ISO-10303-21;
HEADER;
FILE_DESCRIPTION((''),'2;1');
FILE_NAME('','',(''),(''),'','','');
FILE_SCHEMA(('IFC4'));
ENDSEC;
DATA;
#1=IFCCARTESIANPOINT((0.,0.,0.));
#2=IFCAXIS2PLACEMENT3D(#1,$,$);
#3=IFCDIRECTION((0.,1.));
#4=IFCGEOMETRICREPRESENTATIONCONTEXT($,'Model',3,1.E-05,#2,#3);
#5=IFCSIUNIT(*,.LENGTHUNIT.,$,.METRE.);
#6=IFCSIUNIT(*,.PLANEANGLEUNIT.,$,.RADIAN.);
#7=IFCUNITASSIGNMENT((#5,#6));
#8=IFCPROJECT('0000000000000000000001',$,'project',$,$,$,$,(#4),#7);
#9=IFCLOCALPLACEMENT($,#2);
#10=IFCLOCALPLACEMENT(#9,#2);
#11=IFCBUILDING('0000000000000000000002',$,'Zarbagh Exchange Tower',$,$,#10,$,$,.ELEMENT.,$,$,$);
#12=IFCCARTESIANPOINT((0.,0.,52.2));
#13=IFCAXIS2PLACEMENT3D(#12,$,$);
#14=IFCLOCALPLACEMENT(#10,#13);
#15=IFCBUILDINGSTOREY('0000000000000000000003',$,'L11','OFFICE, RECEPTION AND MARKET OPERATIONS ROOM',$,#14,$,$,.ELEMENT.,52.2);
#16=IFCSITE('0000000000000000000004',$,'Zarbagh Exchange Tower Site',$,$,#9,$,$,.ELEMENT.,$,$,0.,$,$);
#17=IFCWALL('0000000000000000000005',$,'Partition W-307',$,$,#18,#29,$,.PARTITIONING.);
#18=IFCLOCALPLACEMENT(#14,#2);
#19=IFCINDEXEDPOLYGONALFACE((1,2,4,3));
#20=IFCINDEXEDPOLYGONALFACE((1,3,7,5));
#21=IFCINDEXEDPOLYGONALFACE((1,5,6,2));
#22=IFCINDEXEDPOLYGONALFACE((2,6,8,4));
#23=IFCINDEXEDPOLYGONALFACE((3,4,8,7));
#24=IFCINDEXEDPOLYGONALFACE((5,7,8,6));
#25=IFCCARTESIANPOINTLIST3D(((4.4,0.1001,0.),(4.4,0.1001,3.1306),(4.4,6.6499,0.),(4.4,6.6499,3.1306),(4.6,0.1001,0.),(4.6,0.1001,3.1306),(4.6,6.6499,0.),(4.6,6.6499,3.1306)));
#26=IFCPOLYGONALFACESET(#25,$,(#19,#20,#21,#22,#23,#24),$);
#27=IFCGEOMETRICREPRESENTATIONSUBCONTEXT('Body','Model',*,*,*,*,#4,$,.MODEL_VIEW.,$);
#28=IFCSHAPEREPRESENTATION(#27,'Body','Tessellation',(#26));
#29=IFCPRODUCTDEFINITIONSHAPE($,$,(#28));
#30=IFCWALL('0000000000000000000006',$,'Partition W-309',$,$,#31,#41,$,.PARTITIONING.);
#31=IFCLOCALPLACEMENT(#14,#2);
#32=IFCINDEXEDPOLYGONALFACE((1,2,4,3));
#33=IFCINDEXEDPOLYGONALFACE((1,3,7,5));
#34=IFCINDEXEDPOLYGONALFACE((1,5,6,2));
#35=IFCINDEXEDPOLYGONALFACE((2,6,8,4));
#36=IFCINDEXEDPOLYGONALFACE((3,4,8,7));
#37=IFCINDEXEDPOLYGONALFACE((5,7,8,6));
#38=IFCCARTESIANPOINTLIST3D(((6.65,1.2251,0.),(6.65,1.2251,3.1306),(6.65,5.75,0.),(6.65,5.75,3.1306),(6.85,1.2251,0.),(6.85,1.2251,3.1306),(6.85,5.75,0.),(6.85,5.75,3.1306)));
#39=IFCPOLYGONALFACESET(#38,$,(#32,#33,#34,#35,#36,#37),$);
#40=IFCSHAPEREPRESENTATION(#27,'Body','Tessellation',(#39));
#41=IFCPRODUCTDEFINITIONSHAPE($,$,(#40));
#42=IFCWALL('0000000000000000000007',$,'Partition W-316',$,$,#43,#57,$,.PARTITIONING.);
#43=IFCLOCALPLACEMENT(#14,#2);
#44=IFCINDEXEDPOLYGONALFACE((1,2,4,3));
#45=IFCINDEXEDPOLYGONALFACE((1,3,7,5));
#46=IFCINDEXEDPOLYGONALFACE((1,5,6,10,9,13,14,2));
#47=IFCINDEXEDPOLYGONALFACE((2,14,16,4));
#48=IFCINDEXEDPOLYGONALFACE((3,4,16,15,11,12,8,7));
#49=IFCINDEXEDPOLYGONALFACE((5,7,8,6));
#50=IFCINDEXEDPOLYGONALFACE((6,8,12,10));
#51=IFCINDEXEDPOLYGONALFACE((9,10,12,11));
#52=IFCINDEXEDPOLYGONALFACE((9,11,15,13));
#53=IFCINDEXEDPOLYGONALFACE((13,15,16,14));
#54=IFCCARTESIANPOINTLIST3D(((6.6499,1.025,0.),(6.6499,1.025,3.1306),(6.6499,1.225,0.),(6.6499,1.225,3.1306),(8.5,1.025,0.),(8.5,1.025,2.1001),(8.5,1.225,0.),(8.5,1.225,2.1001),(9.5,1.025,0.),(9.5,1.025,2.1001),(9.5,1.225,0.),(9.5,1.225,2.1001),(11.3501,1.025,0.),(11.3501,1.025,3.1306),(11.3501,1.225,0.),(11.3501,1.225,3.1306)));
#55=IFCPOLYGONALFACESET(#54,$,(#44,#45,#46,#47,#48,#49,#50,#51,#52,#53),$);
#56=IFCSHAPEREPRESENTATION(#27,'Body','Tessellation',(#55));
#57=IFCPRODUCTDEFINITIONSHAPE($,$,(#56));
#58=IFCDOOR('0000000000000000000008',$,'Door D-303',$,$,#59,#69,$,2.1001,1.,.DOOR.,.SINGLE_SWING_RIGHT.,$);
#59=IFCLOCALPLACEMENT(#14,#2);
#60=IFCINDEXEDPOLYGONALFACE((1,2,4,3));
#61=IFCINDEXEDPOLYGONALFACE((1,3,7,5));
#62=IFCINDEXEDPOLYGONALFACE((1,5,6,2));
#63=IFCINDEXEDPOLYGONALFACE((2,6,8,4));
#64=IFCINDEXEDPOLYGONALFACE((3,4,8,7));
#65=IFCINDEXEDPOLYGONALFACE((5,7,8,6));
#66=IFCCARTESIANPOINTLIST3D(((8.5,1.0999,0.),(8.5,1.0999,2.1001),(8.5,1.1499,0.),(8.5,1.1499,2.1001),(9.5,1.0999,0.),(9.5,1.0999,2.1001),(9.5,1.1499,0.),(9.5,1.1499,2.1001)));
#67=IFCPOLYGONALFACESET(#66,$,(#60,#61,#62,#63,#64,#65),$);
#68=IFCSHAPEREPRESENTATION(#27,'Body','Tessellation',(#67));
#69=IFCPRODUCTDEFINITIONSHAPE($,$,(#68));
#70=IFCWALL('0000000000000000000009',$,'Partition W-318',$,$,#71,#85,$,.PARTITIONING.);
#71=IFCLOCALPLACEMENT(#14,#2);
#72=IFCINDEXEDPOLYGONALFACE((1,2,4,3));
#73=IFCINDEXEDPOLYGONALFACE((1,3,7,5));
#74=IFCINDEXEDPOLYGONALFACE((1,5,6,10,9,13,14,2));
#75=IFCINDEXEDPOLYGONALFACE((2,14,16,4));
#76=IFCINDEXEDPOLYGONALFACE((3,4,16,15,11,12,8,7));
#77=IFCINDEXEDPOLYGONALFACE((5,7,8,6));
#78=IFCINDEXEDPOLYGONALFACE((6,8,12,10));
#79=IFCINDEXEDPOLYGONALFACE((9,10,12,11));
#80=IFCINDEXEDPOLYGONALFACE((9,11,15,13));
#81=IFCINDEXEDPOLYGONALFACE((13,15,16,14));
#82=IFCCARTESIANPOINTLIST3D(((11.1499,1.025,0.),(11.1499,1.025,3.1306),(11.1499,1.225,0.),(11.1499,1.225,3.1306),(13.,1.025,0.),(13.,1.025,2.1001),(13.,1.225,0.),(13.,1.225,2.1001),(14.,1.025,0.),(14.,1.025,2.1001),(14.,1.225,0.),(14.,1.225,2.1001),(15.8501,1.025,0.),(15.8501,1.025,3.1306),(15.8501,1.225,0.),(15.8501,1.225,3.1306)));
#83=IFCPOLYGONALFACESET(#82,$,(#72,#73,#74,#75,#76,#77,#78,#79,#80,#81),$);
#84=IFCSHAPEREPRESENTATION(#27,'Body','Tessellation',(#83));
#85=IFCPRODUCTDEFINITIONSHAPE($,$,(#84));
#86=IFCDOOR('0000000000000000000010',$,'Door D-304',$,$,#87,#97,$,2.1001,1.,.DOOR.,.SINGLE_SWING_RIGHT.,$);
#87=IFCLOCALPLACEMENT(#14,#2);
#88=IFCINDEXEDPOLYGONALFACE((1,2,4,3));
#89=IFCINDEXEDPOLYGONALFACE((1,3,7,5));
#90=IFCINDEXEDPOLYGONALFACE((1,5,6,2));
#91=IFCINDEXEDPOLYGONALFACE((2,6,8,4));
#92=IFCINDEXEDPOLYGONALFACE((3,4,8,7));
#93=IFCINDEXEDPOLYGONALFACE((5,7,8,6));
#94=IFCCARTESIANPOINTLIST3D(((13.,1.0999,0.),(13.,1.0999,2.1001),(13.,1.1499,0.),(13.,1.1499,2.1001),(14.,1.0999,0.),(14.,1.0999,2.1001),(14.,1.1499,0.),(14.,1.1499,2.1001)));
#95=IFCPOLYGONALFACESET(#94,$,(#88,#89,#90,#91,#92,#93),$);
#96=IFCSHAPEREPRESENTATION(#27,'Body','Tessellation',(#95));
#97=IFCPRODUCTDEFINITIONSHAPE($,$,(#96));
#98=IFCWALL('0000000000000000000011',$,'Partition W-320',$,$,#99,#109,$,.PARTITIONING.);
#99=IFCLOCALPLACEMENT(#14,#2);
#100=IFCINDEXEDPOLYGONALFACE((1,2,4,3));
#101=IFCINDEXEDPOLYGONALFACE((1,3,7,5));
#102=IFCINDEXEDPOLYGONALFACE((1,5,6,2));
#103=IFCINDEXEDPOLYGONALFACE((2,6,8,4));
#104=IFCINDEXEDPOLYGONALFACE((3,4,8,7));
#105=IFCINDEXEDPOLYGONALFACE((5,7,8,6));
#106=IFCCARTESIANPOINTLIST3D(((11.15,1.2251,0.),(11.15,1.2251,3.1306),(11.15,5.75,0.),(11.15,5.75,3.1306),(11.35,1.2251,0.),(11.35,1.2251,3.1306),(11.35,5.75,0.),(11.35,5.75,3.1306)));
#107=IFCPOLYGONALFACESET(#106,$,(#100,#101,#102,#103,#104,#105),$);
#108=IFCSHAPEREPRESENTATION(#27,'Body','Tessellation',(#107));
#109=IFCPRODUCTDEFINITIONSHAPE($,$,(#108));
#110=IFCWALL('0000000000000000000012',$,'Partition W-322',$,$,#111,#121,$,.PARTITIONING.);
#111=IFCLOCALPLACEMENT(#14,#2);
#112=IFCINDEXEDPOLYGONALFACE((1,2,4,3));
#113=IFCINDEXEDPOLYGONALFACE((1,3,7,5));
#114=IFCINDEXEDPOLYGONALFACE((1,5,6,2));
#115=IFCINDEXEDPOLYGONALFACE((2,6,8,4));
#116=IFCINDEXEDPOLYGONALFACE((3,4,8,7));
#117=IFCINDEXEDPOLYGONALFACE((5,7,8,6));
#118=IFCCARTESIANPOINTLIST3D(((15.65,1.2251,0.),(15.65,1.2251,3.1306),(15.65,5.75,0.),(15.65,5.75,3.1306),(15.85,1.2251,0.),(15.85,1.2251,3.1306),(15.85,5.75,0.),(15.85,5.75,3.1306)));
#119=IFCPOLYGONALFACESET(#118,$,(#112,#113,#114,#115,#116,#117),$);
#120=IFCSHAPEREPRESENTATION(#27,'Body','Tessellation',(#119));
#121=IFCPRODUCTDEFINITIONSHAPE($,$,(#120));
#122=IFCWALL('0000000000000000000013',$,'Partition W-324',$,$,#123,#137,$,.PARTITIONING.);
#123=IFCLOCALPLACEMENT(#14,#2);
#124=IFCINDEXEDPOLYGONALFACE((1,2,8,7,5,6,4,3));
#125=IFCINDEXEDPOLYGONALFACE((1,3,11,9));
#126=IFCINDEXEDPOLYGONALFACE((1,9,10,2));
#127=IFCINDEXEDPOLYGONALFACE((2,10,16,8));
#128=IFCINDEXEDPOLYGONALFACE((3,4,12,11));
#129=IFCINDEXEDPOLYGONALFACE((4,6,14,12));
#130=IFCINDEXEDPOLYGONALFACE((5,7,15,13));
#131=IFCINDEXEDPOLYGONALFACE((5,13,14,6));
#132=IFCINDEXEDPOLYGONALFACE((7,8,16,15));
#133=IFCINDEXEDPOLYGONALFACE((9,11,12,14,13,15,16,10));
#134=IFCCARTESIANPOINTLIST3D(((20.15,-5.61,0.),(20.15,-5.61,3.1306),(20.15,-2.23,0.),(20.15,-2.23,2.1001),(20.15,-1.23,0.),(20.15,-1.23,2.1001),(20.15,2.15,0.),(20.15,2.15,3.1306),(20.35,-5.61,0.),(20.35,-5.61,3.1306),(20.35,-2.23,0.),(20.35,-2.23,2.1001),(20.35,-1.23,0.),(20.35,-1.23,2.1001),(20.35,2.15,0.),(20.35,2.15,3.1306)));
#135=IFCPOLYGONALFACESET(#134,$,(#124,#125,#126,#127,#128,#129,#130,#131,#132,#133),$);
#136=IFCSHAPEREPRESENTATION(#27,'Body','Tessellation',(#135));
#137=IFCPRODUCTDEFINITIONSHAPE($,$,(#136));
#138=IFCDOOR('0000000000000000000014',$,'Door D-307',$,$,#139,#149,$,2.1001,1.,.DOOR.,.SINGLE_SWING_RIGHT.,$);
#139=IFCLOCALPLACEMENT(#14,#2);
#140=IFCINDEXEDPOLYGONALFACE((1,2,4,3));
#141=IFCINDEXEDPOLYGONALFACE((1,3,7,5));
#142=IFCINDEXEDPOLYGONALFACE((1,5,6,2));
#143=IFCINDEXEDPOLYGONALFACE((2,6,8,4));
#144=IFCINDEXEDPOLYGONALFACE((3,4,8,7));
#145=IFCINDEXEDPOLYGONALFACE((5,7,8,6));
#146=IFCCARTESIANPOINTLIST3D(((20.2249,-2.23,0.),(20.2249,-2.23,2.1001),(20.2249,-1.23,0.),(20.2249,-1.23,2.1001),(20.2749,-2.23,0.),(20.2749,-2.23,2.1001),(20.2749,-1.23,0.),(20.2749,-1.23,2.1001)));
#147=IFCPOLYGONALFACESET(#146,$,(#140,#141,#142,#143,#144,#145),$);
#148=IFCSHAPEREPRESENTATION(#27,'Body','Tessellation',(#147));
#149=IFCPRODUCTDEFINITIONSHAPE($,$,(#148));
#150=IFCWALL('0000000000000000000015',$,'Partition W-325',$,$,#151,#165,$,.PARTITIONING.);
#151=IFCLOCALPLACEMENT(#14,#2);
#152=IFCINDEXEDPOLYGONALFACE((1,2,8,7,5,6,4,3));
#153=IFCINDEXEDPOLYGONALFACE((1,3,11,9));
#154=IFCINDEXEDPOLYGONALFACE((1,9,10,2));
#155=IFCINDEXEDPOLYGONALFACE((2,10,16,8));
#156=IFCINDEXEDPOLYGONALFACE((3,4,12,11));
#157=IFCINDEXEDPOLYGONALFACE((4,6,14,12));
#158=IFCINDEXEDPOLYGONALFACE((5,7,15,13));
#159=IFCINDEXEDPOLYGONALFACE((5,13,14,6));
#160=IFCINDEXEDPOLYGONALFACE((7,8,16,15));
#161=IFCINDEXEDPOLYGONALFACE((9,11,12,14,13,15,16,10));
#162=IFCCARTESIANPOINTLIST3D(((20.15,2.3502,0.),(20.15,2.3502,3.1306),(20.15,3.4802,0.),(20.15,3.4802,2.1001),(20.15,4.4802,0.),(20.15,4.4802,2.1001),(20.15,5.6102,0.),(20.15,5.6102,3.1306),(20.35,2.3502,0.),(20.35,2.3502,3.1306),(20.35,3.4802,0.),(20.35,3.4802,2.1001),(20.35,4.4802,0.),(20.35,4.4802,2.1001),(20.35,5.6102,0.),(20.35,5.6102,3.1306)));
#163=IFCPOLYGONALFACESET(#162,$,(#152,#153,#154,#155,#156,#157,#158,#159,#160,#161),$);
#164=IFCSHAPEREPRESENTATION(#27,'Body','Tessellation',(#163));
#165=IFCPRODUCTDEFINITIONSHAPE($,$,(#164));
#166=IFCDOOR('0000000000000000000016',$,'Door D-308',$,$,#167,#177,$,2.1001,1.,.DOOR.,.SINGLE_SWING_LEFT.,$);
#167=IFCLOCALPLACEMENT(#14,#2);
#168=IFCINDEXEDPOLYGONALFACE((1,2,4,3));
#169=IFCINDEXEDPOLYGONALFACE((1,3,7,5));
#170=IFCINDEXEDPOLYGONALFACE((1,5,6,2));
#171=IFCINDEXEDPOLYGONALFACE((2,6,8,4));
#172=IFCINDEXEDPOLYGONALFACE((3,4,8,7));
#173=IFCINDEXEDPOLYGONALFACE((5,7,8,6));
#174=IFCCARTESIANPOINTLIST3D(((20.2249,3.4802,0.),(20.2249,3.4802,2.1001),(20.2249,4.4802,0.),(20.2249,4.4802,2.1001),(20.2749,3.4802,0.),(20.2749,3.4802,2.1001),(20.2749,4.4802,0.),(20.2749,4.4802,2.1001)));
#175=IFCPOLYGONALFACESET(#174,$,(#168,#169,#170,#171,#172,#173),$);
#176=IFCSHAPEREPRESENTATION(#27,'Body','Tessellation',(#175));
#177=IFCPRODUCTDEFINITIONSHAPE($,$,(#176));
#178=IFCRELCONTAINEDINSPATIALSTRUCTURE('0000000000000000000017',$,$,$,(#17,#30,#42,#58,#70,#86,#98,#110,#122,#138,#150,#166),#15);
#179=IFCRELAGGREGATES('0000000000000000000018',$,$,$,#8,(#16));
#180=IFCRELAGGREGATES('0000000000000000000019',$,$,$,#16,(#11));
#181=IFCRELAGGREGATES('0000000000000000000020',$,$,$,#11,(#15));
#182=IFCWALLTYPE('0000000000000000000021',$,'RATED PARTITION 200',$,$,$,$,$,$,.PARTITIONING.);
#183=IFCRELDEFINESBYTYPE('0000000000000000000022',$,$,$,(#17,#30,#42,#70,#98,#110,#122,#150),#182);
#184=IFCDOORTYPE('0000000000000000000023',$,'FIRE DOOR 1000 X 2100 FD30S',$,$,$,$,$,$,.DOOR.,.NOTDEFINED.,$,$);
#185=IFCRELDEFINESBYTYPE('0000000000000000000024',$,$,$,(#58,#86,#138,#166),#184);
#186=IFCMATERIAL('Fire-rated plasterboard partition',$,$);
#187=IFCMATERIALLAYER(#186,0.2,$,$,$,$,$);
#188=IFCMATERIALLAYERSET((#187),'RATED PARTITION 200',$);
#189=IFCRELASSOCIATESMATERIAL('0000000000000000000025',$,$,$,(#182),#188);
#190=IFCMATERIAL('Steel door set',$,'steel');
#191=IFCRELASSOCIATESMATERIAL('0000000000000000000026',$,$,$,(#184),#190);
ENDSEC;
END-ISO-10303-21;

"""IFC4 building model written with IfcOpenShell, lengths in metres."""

from ifc_helpers import new_model, si_unit, direction, frame, frame_2d, origin, place, context, subcontext, project, spatial, rectangle, extrude, material, layer, layer_set, type_object, element, fill, save


model = new_model("IFC4")

# Units and contexts
model_context = context("Model", 3, precision=1e-05, world=origin(), true_north=direction((0.0, 1.0)))
body_context = subcontext(model_context, "Body", "Model", "MODEL_VIEW")
ifc_project = project(units=[si_unit("LENGTHUNIT", "METRE"), si_unit("PLANEANGLEUNIT", "RADIAN")], contexts=[model_context])

# Site, building, storey
site_placement = place(None, origin())
site = spatial("IfcSite", under=ifc_project, at=site_placement, Name="Zarbagh Exchange Tower Site", CompositionType="ELEMENT", RefElevation=0.0)
building_placement = place(site_placement, origin())
building = spatial("IfcBuilding", under=site, at=building_placement, Name="Zarbagh Exchange Tower", CompositionType="ELEMENT")
storey_placement = place(building_placement, frame((0.0, 0.0, 52.2)))
storey = spatial("IfcBuildingStorey", under=building, at=storey_placement, Name="L11", Description="OFFICE, RECEPTION AND MARKET OPERATIONS ROOM", CompositionType="ELEMENT", Elevation=52.2)

# Walls
ifc_material_1 = material(Name="Fire-rated plasterboard partition")
ifc_layer = layer(ifc_material_1, 0.2)
ifc_layer_set = layer_set([ifc_layer], Name="RATED PARTITION 200")
wall_type = type_object("IfcWallType", Name="RATED PARTITION 200", PredefinedType="PARTITIONING", material=ifc_layer_set)
wall_1_placement = place(storey_placement, frame((4.5, 0.1001, 0.0), z_axis=(0.0, 0.0, 1.0), x_axis=(0.0, 1.0, 0.0)))
element("IfcWall", 1, at=wall_1_placement, inside=storey, type_object=wall_type, Name="Partition W-307", PredefinedType="PARTITIONING", context=body_context, shape_type="SweptSolid", body=[
    extrude(rectangle(XDim=6.5498, YDim=0.2, at=frame_2d((3.2749, 0.0))), origin(), (0.0, 0.0, 1.0), 3.1306),
])
wall_2_placement = place(storey_placement, frame((6.75, 1.2251, 0.0), z_axis=(0.0, 0.0, 1.0), x_axis=(0.0, 1.0, 0.0)))
element("IfcWall", 2, at=wall_2_placement, inside=storey, type_object=wall_type, Name="Partition W-309", PredefinedType="PARTITIONING", context=body_context, shape_type="SweptSolid", body=[
    extrude(rectangle(XDim=4.5249, YDim=0.2, at=frame_2d((2.2625, 0.0))), origin(), (0.0, 0.0, 1.0), 3.1306),
])

# Walls, openings, doors
wall_3_placement = place(storey_placement, frame((6.6499, 1.125, 0.0), z_axis=(0.0, 0.0, 1.0), x_axis=(1.0, 0.0, 0.0)))
wall_3 = element("IfcWall", 3, at=wall_3_placement, inside=storey, type_object=wall_type, Name="Partition W-316", PredefinedType="PARTITIONING", context=body_context, shape_type="SweptSolid", body=[
    extrude(rectangle(XDim=4.7002, YDim=0.2, at=frame_2d((2.3501, 0.0))), origin(), (0.0, 0.0, 1.0), 3.1306),
])
opening_1_placement = place(wall_3_placement, frame((1.8501, 0.0, 0.0)))
opening_1 = element("IfcOpeningElement", 4, at=opening_1_placement, cuts=wall_3, PredefinedType="OPENING", context=body_context, shape_type="SweptSolid", body=[
    extrude(rectangle(XDim=1.0, YDim=2.1001, at=frame_2d((0.5, 1.05))), frame((0.0, 0.1099, 0.0), z_axis=(0.0, -1.0, 0.0), x_axis=(1.0, 0.0, 0.0)), (0.0, 0.0, 1.0), 0.22),
])
ifc_material_2 = material(Name="Steel door set", Category="steel")
door_type = type_object("IfcDoorType", Name="FIRE DOOR 1000 X 2100 FD30S", OperationType="NOTDEFINED", PredefinedType="DOOR", material=ifc_material_2)
door_1_placement = place(opening_1_placement, origin())
door_1 = element("IfcDoor", 5, at=door_1_placement, inside=storey, type_object=door_type, Name="Door D-303", OperationType="SINGLE_SWING_RIGHT", OverallHeight=2.1001, OverallWidth=1.0, PredefinedType="DOOR", context=body_context, shape_type="SweptSolid", body=[
    extrude(rectangle(XDim=1.0, YDim=2.1001, at=frame_2d((0.5, 1.05))), frame((0.0, 0.0249, 0.0), z_axis=(0.0, -1.0, 0.0), x_axis=(1.0, 0.0, 0.0)), (0.0, 0.0, 1.0), 0.05),
])
fill(opening_1, door_1)
wall_4_placement = place(storey_placement, frame((11.1499, 1.125, 0.0), z_axis=(0.0, 0.0, 1.0), x_axis=(1.0, 0.0, 0.0)))
wall_4 = element("IfcWall", 6, at=wall_4_placement, inside=storey, type_object=wall_type, Name="Partition W-318", PredefinedType="PARTITIONING", context=body_context, shape_type="SweptSolid", body=[
    extrude(rectangle(XDim=4.7002, YDim=0.2, at=frame_2d((2.3501, 0.0))), origin(), (0.0, 0.0, 1.0), 3.1306),
])
opening_2_placement = place(wall_4_placement, frame((1.8501, 0.0, 0.0)))
opening_2 = element("IfcOpeningElement", 7, at=opening_2_placement, cuts=wall_4, PredefinedType="OPENING", context=body_context, shape_type="SweptSolid", body=[
    extrude(rectangle(XDim=1.0, YDim=2.1001, at=frame_2d((0.5, 1.05))), frame((0.0, 0.1099, 0.0), z_axis=(0.0, -1.0, 0.0), x_axis=(1.0, 0.0, 0.0)), (0.0, 0.0, 1.0), 0.22),
])
door_2_placement = place(opening_2_placement, origin())
door_2 = element("IfcDoor", 8, at=door_2_placement, inside=storey, type_object=door_type, Name="Door D-304", OperationType="SINGLE_SWING_RIGHT", OverallHeight=2.1001, OverallWidth=1.0, PredefinedType="DOOR", context=body_context, shape_type="SweptSolid", body=[
    extrude(rectangle(XDim=1.0, YDim=2.1001, at=frame_2d((0.5, 1.05))), frame((0.0, 0.0249, 0.0), z_axis=(0.0, -1.0, 0.0), x_axis=(1.0, 0.0, 0.0)), (0.0, 0.0, 1.0), 0.05),
])
fill(opening_2, door_2)

# Walls
for number, where, z_axis, x_axis, name in (
    (9, (11.25, 1.2251, 0.0), (0.0, 0.0, 1.0), (0.0, 1.0, 0.0), "Partition W-320"),
    (10, (15.75, 1.2251, 0.0), (0.0, 0.0, 1.0), (0.0, 1.0, 0.0), "Partition W-322"),
):
    element("IfcWall", number, at=place(storey_placement, frame(where, z_axis=z_axis, x_axis=x_axis)), inside=storey, type_object=wall_type, Name=name, PredefinedType="PARTITIONING", context=body_context, shape_type="SweptSolid", body=[
        extrude(rectangle(XDim=4.5249, YDim=0.2, at=frame_2d((2.2625, 0.0))), origin(), (0.0, 0.0, 1.0), 3.1306),
    ])

# Walls, openings, doors
wall_5_placement = place(storey_placement, frame((20.25, 2.1499, 0.0), z_axis=(0.0, 0.0, 1.0), x_axis=(0.0, -1.0, 0.0)))
wall_5 = element("IfcWall", 11, at=wall_5_placement, inside=storey, type_object=wall_type, Name="Partition W-324", PredefinedType="PARTITIONING", context=body_context, shape_type="SweptSolid", body=[
    extrude(rectangle(XDim=7.76, YDim=0.2, at=frame_2d((3.8799, 0.0))), origin(), (0.0, 0.0, 1.0), 3.1306),
])
opening_3_placement = place(wall_5_placement, frame((3.3799, 0.0, 0.0)))
opening_3 = element("IfcOpeningElement", 12, at=opening_3_placement, cuts=wall_5, PredefinedType="OPENING", context=body_context, shape_type="SweptSolid", body=[
    extrude(rectangle(XDim=1.0, YDim=2.1001, at=frame_2d((0.5, 1.05))), frame((0.0, 0.1099, 0.0), z_axis=(0.0, -1.0, 0.0), x_axis=(1.0, 0.0, 0.0)), (0.0, 0.0, 1.0), 0.22),
])
door_3_placement = place(opening_3_placement, origin())
door_3 = element("IfcDoor", 13, at=door_3_placement, inside=storey, type_object=door_type, Name="Door D-307", OperationType="SINGLE_SWING_RIGHT", OverallHeight=2.1001, OverallWidth=1.0, PredefinedType="DOOR", context=body_context, shape_type="SweptSolid", body=[
    extrude(rectangle(XDim=1.0, YDim=2.1001, at=frame_2d((0.5, 1.05))), frame((0.0, 0.0249, 0.0), z_axis=(0.0, -1.0, 0.0), x_axis=(1.0, 0.0, 0.0)), (0.0, 0.0, 1.0), 0.05),
])
fill(opening_3, door_3)
wall_6_placement = place(storey_placement, frame((20.25, 5.6101, 0.0), z_axis=(0.0, 0.0, 1.0), x_axis=(0.0, -1.0, 0.0)))
wall_6 = element("IfcWall", 14, at=wall_6_placement, inside=storey, type_object=wall_type, Name="Partition W-325", PredefinedType="PARTITIONING", context=body_context, shape_type="SweptSolid", body=[
    extrude(rectangle(XDim=3.26, YDim=0.2, at=frame_2d((1.6299, 0.0))), origin(), (0.0, 0.0, 1.0), 3.1306),
])
opening_4_placement = place(wall_6_placement, frame((1.1299, 0.0, 0.0)))
opening_4 = element("IfcOpeningElement", 15, at=opening_4_placement, cuts=wall_6, PredefinedType="OPENING", context=body_context, shape_type="SweptSolid", body=[
    extrude(rectangle(XDim=1.0, YDim=2.1001, at=frame_2d((0.5, 1.05))), frame((0.0, 0.1099, 0.0), z_axis=(0.0, -1.0, 0.0), x_axis=(1.0, 0.0, 0.0)), (0.0, 0.0, 1.0), 0.22),
])
door_4_placement = place(opening_4_placement, origin())
door_4 = element("IfcDoor", 16, at=door_4_placement, inside=storey, type_object=door_type, Name="Door D-308", OperationType="SINGLE_SWING_LEFT", OverallHeight=2.1001, OverallWidth=1.0, PredefinedType="DOOR", context=body_context, shape_type="SweptSolid", body=[
    extrude(rectangle(XDim=1.0, YDim=2.1001, at=frame_2d((0.5, 1.05))), frame((0.0, 0.0249, 0.0), z_axis=(0.0, -1.0, 0.0), x_axis=(1.0, 0.0, 0.0)), (0.0, 0.0, 1.0), 0.05),
])
fill(opening_4, door_4)

save(model, "model.ifc")
